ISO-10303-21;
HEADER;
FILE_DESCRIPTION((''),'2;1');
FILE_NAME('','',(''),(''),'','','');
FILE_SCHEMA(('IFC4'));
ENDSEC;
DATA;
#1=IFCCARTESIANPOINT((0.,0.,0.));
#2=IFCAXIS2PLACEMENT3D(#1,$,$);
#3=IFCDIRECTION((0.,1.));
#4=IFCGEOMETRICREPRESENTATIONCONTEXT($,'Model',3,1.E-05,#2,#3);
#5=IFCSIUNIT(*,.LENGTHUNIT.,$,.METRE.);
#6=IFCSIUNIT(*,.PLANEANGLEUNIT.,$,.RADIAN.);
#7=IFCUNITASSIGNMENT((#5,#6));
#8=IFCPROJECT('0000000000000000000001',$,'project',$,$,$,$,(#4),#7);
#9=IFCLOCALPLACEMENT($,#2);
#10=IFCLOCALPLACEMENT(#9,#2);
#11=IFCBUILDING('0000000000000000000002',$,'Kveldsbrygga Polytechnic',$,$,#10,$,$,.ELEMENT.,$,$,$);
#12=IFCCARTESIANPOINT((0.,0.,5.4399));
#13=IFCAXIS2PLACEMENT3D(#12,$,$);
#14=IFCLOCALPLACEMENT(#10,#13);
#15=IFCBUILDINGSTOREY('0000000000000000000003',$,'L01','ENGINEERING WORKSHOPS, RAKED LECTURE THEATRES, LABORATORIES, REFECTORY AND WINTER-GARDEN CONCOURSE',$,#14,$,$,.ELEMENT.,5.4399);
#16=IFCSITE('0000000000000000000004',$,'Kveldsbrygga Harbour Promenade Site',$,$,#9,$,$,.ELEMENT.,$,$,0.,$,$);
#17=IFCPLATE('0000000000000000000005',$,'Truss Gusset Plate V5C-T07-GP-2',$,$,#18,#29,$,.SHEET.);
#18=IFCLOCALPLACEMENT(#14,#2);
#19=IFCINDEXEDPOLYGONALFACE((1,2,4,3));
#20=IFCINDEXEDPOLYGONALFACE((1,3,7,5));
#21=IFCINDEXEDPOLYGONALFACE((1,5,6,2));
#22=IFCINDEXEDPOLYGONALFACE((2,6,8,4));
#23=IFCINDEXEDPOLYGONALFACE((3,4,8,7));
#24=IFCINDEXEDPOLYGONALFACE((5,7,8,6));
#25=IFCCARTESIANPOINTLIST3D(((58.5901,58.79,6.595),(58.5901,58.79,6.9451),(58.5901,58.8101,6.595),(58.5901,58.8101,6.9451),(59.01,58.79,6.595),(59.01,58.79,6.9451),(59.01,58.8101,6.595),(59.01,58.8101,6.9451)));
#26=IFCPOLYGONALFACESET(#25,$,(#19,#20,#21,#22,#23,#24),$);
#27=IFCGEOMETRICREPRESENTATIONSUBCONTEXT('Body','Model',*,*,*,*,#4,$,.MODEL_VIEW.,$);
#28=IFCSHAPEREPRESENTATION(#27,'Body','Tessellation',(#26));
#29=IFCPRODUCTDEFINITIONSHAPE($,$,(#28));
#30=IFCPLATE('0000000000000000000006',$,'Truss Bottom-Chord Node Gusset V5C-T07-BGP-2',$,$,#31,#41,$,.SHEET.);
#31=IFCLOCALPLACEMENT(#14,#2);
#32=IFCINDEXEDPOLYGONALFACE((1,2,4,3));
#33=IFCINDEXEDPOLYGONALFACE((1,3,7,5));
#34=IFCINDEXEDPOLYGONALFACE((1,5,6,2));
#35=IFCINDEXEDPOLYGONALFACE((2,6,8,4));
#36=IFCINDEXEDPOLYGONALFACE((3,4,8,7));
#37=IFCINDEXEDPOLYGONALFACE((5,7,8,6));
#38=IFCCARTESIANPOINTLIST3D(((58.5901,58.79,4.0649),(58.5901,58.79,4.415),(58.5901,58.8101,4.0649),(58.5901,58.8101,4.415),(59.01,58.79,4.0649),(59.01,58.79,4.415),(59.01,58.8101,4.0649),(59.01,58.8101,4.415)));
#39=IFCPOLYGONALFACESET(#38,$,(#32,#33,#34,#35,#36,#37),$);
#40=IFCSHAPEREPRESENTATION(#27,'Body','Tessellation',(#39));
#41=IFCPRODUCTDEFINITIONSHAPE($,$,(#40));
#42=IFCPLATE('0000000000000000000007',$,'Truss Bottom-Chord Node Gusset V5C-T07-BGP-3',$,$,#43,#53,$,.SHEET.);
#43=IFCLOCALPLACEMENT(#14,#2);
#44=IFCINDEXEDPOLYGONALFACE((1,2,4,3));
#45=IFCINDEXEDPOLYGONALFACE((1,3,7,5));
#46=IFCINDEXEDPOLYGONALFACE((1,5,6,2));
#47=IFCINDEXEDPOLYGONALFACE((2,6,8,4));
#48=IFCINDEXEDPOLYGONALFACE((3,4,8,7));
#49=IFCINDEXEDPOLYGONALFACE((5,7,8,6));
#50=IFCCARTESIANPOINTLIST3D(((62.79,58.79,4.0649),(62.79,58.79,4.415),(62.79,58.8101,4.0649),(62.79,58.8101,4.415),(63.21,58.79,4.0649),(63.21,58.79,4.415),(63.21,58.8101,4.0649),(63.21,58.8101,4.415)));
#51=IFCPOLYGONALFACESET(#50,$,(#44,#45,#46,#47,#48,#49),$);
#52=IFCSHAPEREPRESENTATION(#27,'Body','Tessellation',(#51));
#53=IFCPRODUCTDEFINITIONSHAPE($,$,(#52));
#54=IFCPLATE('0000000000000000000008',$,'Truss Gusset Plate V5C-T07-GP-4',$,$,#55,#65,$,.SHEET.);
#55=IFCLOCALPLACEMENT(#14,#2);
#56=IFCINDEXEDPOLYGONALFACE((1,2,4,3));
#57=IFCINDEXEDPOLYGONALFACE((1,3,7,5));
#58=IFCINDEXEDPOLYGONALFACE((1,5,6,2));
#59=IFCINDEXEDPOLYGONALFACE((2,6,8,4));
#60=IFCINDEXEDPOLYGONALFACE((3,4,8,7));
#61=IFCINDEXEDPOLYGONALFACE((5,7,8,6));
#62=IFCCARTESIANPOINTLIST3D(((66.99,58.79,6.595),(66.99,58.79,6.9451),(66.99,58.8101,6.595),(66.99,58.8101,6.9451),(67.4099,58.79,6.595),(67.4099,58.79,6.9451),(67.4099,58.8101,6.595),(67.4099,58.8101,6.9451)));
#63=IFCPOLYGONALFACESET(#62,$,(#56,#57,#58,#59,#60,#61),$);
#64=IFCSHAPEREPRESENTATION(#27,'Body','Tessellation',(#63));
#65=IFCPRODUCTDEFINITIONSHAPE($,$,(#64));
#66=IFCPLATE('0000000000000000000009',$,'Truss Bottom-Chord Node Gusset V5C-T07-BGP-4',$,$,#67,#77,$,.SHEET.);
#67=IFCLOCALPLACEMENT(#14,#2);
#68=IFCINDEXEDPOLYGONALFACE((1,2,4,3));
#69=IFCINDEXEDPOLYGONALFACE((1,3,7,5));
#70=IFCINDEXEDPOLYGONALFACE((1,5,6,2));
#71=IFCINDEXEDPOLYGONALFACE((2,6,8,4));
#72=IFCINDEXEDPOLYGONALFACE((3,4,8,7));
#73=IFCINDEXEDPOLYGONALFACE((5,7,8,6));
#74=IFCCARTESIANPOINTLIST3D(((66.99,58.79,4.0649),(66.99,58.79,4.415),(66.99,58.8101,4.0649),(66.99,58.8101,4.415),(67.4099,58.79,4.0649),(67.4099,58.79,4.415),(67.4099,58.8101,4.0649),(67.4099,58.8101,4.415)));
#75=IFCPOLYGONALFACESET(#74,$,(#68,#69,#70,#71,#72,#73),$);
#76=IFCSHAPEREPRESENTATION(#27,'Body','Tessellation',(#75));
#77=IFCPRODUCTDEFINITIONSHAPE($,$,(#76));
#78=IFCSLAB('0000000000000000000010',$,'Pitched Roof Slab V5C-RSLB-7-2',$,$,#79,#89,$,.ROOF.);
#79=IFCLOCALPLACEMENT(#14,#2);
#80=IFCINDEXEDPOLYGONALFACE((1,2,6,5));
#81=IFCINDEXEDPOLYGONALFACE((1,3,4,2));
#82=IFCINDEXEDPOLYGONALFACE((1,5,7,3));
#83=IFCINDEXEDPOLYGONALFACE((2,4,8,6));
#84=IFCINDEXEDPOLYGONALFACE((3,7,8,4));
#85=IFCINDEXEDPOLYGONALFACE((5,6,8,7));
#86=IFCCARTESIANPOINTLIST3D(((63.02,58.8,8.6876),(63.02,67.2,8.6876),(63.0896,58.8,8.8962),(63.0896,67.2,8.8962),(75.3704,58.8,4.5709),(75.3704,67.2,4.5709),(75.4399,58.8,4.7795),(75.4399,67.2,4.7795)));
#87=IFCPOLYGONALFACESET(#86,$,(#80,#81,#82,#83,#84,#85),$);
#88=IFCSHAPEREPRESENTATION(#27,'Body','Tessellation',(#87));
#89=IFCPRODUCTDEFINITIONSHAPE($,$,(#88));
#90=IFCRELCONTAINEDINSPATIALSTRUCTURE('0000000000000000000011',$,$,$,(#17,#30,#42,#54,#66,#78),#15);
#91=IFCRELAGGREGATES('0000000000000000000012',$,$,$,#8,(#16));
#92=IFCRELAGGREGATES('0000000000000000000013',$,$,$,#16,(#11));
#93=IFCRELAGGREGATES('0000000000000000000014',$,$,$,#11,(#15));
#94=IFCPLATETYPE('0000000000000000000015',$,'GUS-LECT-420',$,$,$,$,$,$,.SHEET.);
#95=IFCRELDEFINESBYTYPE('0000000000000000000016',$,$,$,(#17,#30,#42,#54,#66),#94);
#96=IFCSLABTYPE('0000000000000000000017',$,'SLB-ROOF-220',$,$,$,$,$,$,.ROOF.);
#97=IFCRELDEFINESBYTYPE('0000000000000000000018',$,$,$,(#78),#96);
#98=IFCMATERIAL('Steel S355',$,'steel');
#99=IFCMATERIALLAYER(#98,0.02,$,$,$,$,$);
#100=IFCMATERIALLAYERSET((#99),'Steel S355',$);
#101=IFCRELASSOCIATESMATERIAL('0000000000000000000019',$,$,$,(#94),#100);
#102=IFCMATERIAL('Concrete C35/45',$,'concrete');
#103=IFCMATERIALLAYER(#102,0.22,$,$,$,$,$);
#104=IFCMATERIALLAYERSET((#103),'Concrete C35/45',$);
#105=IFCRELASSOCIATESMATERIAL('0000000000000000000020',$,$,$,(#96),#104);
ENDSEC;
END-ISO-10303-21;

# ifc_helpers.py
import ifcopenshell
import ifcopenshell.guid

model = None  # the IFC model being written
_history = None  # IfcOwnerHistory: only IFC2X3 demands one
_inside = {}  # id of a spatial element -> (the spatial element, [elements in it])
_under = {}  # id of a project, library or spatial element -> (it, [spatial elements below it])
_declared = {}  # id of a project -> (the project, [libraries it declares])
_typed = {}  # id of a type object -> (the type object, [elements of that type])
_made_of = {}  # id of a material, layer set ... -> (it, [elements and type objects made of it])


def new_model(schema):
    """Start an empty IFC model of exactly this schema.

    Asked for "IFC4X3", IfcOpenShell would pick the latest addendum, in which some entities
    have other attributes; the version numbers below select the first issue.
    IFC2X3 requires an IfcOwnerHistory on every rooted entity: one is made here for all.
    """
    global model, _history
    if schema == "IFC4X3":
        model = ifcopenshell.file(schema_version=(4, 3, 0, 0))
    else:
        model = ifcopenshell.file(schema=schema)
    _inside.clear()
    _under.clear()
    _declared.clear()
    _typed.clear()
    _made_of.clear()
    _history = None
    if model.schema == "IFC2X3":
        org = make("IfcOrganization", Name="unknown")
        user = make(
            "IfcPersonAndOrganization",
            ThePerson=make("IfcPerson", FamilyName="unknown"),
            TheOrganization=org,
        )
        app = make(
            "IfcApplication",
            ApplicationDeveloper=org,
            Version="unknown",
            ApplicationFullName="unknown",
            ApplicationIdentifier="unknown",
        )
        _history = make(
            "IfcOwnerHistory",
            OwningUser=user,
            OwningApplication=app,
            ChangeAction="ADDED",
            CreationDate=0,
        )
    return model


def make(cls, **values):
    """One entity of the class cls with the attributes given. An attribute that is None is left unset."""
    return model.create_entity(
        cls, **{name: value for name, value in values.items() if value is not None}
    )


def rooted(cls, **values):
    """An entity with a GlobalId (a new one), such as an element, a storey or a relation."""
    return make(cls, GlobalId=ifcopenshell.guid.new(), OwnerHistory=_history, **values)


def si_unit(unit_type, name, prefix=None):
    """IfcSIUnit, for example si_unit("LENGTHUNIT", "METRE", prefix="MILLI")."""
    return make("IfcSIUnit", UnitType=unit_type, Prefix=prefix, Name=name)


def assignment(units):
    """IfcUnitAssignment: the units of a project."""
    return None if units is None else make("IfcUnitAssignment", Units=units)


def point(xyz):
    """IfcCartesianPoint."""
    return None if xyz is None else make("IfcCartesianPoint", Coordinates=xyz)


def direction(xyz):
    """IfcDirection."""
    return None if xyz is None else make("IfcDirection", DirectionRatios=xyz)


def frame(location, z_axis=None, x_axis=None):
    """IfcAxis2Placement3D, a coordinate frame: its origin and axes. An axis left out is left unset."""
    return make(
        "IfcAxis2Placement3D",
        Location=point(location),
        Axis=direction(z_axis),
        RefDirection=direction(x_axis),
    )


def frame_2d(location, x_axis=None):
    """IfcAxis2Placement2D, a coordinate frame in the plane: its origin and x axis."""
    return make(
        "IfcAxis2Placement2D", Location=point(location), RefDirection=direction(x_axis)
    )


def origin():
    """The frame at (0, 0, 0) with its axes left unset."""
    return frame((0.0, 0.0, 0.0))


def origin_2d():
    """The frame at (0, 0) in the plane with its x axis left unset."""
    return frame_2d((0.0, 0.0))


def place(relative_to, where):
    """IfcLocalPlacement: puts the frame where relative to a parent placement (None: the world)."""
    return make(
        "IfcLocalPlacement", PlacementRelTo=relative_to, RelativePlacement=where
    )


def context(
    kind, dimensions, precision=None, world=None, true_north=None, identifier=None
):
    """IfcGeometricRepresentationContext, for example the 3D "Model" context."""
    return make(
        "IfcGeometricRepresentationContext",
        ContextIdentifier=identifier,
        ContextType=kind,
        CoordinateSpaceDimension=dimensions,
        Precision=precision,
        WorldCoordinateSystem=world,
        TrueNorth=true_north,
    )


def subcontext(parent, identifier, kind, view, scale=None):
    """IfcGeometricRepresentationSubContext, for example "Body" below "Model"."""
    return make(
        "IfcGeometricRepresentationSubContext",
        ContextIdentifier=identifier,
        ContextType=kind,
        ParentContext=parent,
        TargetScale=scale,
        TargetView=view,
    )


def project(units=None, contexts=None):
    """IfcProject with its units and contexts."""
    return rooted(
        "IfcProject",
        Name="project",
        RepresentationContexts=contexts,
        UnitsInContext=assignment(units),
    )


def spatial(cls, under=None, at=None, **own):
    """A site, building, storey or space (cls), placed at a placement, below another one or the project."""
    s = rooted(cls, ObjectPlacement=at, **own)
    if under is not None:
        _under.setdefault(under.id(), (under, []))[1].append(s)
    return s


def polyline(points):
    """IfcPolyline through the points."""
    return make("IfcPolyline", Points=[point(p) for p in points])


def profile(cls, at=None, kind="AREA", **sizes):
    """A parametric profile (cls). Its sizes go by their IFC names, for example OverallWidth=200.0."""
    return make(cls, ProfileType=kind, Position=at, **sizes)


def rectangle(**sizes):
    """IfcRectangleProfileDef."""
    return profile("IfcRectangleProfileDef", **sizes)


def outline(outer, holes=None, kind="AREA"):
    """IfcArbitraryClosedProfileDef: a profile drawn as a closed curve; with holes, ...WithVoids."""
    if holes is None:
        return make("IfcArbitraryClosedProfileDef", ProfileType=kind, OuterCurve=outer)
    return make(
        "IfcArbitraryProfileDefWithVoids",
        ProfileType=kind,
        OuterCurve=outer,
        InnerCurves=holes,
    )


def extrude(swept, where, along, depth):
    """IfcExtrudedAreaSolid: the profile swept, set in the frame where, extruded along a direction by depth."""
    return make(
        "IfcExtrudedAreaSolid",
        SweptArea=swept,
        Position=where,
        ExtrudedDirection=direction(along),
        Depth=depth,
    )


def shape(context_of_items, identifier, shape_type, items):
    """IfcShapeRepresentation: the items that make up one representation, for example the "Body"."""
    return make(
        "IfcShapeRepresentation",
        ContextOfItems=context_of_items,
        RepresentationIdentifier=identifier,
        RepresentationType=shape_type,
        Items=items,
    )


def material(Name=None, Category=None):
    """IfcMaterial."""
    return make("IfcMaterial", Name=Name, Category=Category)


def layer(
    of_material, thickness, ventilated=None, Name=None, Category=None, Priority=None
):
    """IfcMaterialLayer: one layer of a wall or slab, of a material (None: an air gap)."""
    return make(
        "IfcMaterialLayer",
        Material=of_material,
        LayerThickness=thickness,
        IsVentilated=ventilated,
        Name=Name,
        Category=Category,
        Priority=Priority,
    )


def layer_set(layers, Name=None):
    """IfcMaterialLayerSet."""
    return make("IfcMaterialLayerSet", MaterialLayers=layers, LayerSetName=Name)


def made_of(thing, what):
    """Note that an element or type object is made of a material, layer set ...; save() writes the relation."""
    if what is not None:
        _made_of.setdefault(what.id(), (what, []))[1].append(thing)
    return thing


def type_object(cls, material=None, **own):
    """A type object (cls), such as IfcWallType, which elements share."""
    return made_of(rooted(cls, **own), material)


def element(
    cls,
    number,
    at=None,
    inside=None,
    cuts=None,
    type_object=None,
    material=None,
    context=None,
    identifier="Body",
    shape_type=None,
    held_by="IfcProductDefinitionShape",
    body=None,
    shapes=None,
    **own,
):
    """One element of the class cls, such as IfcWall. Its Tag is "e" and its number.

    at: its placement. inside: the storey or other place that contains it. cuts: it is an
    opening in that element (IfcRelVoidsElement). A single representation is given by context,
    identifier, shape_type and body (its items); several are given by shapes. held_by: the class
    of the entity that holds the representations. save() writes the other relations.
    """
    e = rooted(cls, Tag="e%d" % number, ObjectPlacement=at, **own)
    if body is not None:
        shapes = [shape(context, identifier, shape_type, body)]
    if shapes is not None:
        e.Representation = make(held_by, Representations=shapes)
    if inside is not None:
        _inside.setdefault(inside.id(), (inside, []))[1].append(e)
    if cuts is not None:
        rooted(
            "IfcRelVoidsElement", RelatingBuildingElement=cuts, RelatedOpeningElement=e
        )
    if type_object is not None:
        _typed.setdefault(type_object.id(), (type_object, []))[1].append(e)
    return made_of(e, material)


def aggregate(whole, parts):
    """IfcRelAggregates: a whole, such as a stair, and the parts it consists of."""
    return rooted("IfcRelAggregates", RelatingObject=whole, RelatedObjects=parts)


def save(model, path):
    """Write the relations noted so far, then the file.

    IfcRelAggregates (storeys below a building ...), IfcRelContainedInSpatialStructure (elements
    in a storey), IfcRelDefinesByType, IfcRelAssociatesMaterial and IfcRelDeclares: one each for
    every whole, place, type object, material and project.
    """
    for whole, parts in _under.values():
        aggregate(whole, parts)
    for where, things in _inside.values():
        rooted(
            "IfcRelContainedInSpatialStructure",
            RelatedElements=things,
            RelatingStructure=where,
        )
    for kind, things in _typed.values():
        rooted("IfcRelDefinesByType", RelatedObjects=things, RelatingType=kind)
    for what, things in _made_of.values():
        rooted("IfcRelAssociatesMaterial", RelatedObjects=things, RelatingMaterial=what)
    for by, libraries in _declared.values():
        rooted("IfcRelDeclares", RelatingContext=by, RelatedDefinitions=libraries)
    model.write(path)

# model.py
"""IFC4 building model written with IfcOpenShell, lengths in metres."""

from ifc_helpers import new_model, si_unit, direction, frame, origin, origin_2d, place, context, subcontext, project, spatial, polyline, rectangle, outline, extrude, material, layer, layer_set, type_object, element, save


model = new_model("IFC4")

# Units and contexts
model_context = context("Model", 3, precision=1e-05, world=origin(), true_north=direction((0.0, 1.0)))
body_context = subcontext(model_context, "Body", "Model", "MODEL_VIEW")
ifc_project = project(units=[si_unit("LENGTHUNIT", "METRE"), si_unit("PLANEANGLEUNIT", "RADIAN")], contexts=[model_context])

# Site, building, storey
site_placement = place(None, origin())
site = spatial("IfcSite", under=ifc_project, at=site_placement, Name="Kveldsbrygga Harbour Promenade Site", CompositionType="ELEMENT", RefElevation=0.0)
building_placement = place(site_placement, origin())
building = spatial("IfcBuilding", under=site, at=building_placement, Name="Kveldsbrygga Polytechnic", CompositionType="ELEMENT")
storey_placement = place(building_placement, frame((0.0, 0.0, 5.4399)))
storey = spatial("IfcBuildingStorey", under=building, at=storey_placement, Name="L01", Description="ENGINEERING WORKSHOPS, RAKED LECTURE THEATRES, LABORATORIES, REFECTORY AND WINTER-GARDEN CONCOURSE", CompositionType="ELEMENT", Elevation=5.4399)

# Shared definitions
ifc_material_1 = material(Name="Steel S355", Category="steel")

# Plates
ifc_layer_1 = layer(ifc_material_1, 0.02)
ifc_layer_set_1 = layer_set([ifc_layer_1], Name="Steel S355")
plate_type_1 = type_object("IfcPlateType", Name="GUS-LECT-420", PredefinedType="SHEET", material=ifc_layer_set_1)
for number, where, z_axis, x_axis, name in (
    (1, (58.8, 58.8, 6.595), (0.0, 0.0, 1.0), (1.0, 0.0, 0.0), "Truss Gusset Plate V5C-T07-GP-2"),
    (2, (58.8, 58.8, 4.0649), (0.0, 0.0, 1.0), (1.0, 0.0, 0.0), "Truss Bottom-Chord Node Gusset V5C-T07-BGP-2"),
    (3, (63.0, 58.8, 4.0649), (0.0, 0.0, 1.0), (1.0, 0.0, 0.0), "Truss Bottom-Chord Node Gusset V5C-T07-BGP-3"),
    (4, (67.2, 58.8, 6.595), (0.0, 0.0, 1.0), (1.0, 0.0, 0.0), "Truss Gusset Plate V5C-T07-GP-4"),
    (5, (67.2, 58.8, 4.0649), (0.0, 0.0, 1.0), (1.0, 0.0, 0.0), "Truss Bottom-Chord Node Gusset V5C-T07-BGP-4"),
):
    element("IfcPlate", number, at=place(storey_placement, frame(where, z_axis=z_axis, x_axis=x_axis)), inside=storey, type_object=plate_type_1, Name=name, PredefinedType="SHEET", context=body_context, shape_type="SweptSolid", body=[
        extrude(rectangle(XDim=0.4199, YDim=0.02, at=origin_2d()), origin(), (0.0, 0.0, 1.0), 0.3501),
    ])

# Slab
ifc_material_2 = material(Name="Concrete C35/45", Category="concrete")
ifc_layer_2 = layer(ifc_material_2, 0.22)
ifc_layer_set_2 = layer_set([ifc_layer_2], Name="Concrete C35/45")
slab_type = type_object("IfcSlabType", Name="SLB-ROOF-220", PredefinedType="ROOF", material=ifc_layer_set_2)
slab_placement = place(storey_placement, frame((63.0896, 58.8, 8.8962), z_axis=(0.316222, 0.0, 0.948685), x_axis=(0.948685, 0.0, -0.316222)))
element("IfcSlab", 6, at=slab_placement, inside=storey, type_object=slab_type, Name="Pitched Roof Slab V5C-RSLB-7-2", PredefinedType="ROOF", context=body_context, shape_type="SweptSolid", body=[
    extrude(outline(polyline([(0.0, 0.0), (13.0184, 0.0), (13.0184, 8.3999), (0.0, 8.3999), (0.0, 0.0)])), origin(), (0.0, 0.0, -1.0), 0.22),
])

save(model, "model.ifc")
